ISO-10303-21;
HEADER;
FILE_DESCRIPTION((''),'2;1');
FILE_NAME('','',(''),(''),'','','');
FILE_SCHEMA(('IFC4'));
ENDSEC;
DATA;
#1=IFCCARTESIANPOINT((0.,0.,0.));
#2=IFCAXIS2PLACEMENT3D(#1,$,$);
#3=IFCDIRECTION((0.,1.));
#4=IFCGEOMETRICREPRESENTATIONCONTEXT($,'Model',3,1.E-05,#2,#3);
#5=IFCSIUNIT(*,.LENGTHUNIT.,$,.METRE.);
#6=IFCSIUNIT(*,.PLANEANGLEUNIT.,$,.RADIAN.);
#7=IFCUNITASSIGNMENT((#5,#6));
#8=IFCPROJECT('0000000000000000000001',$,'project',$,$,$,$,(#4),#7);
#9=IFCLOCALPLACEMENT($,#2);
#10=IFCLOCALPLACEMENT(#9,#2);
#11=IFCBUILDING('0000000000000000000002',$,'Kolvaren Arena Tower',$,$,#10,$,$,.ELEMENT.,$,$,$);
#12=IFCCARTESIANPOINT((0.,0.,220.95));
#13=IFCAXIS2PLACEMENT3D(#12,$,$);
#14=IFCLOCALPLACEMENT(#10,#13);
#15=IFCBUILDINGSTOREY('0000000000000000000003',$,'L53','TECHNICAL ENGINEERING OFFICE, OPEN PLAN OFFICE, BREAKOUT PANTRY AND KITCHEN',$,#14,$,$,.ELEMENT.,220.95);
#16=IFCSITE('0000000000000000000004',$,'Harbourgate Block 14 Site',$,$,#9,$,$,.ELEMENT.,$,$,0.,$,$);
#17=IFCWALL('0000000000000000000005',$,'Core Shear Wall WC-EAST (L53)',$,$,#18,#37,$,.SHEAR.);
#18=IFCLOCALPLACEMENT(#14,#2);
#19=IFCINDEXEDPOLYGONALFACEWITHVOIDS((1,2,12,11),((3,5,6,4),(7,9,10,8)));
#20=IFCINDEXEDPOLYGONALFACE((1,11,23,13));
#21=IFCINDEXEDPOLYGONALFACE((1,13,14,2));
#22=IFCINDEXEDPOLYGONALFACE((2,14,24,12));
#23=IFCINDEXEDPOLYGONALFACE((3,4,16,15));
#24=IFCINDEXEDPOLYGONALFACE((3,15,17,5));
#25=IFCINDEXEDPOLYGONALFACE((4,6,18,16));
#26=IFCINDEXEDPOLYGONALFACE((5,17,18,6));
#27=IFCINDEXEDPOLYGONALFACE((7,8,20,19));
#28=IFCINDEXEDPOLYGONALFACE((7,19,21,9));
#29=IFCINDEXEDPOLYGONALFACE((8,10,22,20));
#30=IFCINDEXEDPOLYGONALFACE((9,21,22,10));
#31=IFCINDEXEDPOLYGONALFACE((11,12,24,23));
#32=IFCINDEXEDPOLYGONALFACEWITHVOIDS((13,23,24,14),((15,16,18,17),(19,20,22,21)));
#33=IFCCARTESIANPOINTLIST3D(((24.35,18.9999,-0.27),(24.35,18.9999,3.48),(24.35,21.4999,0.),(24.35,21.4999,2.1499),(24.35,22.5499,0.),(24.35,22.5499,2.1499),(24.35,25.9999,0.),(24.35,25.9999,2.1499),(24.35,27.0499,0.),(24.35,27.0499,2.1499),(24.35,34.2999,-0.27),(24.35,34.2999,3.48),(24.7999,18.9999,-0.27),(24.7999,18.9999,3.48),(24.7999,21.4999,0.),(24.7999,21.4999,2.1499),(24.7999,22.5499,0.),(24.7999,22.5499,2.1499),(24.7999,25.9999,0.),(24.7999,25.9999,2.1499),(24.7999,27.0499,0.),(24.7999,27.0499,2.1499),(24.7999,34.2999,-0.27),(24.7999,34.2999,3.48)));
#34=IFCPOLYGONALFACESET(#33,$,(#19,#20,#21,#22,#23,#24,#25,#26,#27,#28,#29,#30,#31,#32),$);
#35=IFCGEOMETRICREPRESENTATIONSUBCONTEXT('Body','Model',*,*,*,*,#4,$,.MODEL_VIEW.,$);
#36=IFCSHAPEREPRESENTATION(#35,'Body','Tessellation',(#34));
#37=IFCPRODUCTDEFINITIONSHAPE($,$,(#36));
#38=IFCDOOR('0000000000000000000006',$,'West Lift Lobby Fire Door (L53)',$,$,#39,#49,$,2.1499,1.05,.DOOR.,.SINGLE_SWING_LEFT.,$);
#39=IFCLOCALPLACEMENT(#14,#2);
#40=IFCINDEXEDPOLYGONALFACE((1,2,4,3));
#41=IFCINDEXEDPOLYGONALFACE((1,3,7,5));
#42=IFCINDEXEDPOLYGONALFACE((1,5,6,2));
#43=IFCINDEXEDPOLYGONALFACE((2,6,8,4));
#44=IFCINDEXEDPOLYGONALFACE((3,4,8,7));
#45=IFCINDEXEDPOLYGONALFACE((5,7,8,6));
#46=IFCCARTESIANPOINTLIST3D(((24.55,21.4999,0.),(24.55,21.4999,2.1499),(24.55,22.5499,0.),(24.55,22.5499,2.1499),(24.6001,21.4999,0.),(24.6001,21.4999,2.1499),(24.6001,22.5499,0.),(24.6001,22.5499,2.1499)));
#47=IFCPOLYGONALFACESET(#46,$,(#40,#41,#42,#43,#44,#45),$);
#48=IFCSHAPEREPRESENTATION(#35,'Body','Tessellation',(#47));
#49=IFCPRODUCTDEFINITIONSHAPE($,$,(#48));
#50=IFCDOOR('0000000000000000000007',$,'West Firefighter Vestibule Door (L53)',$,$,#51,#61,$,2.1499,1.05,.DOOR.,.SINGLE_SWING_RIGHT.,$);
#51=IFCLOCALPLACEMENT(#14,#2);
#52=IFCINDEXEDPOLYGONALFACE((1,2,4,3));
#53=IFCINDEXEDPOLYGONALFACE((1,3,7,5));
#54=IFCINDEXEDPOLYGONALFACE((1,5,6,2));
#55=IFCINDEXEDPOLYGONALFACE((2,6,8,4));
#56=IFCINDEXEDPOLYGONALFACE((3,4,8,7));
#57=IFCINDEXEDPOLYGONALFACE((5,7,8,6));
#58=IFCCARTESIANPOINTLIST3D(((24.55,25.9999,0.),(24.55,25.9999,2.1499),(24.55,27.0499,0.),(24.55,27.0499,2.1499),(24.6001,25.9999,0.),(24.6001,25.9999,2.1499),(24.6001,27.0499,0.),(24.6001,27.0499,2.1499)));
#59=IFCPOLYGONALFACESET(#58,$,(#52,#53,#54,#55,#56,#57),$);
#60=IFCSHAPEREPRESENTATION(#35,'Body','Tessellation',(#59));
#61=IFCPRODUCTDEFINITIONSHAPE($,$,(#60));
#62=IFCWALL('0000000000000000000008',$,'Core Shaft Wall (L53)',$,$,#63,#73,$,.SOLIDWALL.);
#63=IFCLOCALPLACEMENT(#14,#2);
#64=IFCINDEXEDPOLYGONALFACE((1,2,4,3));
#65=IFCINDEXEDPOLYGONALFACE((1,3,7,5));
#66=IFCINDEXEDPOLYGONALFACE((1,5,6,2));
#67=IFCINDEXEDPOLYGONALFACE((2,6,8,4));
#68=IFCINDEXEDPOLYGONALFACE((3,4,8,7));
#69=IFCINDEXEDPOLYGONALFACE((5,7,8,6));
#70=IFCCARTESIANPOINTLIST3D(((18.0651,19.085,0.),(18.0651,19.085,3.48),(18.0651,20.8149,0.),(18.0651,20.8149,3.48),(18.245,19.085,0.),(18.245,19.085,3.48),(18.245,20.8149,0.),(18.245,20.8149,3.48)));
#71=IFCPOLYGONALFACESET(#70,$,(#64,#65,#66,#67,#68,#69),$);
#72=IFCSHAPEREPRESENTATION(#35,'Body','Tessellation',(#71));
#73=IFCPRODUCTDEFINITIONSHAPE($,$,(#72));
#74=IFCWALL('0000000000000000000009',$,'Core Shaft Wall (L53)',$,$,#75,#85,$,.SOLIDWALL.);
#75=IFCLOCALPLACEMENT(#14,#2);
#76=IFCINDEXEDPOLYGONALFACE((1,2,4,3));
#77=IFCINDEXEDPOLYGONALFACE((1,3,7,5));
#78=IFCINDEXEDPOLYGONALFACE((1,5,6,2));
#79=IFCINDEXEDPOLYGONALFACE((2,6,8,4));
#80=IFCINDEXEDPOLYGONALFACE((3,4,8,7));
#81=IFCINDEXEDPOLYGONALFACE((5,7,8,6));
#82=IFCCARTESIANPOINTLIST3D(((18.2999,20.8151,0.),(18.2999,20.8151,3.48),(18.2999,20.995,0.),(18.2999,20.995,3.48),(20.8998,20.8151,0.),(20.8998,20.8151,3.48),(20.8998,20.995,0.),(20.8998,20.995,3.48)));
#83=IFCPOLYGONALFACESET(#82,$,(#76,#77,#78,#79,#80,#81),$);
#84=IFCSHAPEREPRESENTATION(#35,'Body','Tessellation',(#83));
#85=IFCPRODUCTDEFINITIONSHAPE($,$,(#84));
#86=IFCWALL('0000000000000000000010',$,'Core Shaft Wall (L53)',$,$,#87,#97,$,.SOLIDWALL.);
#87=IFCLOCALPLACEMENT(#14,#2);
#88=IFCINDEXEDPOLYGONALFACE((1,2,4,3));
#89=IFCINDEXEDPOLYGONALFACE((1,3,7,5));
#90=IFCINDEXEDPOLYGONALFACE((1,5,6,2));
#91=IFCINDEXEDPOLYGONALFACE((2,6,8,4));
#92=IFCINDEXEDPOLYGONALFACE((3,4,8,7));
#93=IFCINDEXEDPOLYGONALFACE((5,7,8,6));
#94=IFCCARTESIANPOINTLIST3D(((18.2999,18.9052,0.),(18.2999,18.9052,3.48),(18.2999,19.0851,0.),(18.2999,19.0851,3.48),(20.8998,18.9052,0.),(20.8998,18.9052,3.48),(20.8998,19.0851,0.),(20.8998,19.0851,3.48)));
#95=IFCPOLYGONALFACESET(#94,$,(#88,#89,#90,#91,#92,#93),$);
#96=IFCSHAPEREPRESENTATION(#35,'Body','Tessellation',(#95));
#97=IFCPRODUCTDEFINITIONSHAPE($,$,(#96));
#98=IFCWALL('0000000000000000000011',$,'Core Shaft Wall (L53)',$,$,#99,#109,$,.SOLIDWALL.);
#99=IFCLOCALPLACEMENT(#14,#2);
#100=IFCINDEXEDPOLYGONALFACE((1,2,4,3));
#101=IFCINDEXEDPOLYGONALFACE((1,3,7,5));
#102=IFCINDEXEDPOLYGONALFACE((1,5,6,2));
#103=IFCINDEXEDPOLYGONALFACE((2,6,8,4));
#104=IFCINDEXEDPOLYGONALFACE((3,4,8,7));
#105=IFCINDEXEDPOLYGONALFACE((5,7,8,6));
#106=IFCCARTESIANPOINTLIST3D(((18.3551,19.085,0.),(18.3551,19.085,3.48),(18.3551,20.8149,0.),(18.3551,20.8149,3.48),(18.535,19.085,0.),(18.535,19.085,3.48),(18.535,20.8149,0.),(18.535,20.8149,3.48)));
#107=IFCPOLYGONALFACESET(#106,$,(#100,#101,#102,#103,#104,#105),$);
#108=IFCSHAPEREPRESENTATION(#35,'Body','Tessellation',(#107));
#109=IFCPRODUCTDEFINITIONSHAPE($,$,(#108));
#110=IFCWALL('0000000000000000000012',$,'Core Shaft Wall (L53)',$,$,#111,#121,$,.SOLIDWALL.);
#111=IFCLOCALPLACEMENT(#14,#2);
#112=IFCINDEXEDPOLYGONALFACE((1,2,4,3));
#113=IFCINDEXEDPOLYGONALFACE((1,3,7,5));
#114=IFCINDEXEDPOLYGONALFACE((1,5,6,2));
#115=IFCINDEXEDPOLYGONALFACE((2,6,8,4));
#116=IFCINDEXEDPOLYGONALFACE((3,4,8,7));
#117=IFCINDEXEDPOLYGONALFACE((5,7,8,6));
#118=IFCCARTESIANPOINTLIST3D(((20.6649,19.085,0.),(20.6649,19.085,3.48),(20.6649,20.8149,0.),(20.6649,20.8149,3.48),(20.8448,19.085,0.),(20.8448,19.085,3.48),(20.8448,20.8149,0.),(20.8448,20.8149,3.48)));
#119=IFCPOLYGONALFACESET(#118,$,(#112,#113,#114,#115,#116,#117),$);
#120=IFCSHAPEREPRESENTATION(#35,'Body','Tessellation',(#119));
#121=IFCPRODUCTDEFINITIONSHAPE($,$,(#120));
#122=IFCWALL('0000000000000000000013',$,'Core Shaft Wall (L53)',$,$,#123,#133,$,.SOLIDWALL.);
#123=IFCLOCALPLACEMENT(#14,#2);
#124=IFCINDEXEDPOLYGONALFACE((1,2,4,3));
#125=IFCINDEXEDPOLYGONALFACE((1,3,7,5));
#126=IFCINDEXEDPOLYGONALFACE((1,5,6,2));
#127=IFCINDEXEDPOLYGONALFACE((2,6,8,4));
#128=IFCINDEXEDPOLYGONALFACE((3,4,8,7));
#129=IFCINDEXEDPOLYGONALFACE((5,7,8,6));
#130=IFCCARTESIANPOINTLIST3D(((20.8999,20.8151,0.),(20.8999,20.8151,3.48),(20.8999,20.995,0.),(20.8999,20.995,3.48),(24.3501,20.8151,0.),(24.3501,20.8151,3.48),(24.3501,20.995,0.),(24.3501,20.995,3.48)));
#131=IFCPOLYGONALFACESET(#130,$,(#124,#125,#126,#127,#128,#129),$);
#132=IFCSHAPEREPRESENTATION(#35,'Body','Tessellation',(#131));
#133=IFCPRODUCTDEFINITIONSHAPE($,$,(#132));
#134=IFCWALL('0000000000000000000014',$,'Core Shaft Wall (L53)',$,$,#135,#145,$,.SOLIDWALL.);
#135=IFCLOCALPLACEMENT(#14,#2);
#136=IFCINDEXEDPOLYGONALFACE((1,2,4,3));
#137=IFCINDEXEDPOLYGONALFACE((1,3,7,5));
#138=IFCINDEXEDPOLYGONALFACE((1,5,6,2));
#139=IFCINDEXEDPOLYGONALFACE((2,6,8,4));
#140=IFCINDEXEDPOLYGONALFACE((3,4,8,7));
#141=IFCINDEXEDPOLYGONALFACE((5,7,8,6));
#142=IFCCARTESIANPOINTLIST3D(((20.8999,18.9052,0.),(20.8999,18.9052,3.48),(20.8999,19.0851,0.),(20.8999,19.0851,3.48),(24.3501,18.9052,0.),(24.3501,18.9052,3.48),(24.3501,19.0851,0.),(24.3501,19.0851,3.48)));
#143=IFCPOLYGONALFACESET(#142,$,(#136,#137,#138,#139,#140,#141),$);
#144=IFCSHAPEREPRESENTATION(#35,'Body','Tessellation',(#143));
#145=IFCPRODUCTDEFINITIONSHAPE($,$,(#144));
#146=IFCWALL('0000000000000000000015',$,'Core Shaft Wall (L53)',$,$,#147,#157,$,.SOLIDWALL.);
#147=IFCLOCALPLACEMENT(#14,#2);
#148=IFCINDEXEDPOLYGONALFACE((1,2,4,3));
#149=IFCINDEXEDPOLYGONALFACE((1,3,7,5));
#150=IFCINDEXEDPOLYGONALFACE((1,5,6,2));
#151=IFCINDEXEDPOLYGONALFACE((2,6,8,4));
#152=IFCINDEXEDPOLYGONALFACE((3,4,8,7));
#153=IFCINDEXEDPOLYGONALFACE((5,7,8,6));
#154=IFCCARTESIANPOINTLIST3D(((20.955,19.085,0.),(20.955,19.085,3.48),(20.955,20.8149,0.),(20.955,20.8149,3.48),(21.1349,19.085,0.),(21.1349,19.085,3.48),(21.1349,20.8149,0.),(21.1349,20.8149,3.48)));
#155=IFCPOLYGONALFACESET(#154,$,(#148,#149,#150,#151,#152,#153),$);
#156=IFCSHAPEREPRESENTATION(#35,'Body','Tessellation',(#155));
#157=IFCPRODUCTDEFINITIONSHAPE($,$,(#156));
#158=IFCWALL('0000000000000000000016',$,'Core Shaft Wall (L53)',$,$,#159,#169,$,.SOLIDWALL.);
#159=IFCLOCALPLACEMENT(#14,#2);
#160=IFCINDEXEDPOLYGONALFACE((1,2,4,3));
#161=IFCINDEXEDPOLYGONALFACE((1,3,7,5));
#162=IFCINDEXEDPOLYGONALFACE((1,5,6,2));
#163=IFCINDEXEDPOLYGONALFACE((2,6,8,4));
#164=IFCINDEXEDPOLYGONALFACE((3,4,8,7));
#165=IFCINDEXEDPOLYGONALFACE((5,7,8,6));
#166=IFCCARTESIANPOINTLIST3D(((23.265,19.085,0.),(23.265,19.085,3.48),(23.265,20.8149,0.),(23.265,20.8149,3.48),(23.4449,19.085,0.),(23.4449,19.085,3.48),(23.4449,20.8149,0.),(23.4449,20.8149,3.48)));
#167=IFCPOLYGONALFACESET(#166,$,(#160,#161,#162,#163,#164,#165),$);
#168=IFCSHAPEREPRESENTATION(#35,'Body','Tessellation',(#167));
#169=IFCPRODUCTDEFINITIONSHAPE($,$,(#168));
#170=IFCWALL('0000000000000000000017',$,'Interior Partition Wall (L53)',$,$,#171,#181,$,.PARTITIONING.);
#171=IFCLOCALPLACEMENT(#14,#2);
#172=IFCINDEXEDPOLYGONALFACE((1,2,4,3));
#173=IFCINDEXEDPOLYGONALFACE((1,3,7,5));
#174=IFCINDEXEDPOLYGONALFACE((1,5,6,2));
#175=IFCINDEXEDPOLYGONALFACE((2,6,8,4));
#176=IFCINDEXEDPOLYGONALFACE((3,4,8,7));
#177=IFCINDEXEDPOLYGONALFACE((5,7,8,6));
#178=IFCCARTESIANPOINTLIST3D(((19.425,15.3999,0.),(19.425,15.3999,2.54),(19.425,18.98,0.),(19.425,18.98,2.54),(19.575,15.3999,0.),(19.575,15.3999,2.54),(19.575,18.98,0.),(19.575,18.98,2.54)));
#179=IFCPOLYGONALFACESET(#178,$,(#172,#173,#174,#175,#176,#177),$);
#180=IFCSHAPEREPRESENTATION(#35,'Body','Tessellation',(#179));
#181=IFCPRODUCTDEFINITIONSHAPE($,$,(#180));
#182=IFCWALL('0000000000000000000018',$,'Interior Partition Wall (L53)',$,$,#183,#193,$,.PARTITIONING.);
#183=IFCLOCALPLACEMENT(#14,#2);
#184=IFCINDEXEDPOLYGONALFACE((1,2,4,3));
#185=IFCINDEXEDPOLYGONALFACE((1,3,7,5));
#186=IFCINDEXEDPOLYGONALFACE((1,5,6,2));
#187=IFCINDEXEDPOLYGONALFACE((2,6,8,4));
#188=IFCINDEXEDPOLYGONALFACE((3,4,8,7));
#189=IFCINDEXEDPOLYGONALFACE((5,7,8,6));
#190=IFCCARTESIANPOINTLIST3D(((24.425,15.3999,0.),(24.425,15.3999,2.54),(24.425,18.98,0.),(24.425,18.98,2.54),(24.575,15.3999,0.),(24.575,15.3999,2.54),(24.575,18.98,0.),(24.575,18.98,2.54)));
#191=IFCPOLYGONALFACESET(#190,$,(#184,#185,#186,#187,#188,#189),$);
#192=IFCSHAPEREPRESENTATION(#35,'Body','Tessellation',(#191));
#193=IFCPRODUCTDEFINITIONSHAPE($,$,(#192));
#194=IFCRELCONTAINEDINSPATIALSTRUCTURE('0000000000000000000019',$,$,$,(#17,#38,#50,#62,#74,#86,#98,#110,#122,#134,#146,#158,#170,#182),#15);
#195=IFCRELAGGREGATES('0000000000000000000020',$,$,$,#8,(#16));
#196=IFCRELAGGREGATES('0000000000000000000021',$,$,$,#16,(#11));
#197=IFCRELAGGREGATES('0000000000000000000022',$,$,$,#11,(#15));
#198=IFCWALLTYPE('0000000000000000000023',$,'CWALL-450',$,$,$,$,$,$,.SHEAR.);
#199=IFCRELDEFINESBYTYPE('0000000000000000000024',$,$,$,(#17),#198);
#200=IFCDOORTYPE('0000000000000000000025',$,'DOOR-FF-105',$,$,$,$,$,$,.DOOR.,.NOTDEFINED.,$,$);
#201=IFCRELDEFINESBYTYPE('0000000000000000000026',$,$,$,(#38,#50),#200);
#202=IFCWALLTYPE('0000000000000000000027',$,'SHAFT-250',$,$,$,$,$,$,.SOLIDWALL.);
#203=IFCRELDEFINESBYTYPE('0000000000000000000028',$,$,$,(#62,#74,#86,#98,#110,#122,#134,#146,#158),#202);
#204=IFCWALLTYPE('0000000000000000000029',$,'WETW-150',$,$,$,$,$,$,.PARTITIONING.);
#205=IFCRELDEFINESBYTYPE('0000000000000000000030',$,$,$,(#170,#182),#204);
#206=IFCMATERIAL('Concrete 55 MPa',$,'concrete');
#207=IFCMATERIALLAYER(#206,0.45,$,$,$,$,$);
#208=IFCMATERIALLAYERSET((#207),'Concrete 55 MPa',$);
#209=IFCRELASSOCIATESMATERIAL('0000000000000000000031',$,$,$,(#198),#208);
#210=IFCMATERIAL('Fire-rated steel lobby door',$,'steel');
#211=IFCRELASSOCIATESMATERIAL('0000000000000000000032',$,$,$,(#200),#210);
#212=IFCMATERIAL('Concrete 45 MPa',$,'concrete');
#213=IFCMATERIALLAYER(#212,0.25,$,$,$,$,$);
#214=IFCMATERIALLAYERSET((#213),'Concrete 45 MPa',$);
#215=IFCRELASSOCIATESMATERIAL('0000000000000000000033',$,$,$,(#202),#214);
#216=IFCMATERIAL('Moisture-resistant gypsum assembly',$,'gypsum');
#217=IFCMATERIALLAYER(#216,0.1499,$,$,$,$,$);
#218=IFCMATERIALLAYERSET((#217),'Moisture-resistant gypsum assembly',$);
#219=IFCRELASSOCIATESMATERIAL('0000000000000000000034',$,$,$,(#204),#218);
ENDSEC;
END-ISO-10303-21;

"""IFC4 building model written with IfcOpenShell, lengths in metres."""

from ifc_helpers import new_model, si_unit, direction, frame, frame_2d, origin, place, context, subcontext, project, spatial, rectangle, extrude, material, layer, layer_set, type_object, element, fill, save


model = new_model("IFC4")

# Units and contexts
model_context = context("Model", 3, precision=1e-05, world=origin(), true_north=direction((0.0, 1.0)))
body_context = subcontext(model_context, "Body", "Model", "MODEL_VIEW")
ifc_project = project(units=[si_unit("LENGTHUNIT", "METRE"), si_unit("PLANEANGLEUNIT", "RADIAN")], contexts=[model_context])

# Site, building, storey
site_placement = place(None, origin())
site = spatial("IfcSite", under=ifc_project, at=site_placement, Name="Harbourgate Block 14 Site", CompositionType="ELEMENT", RefElevation=0.0)
building_placement = place(site_placement, origin())
building = spatial("IfcBuilding", under=site, at=building_placement, Name="Kolvaren Arena Tower", CompositionType="ELEMENT")
storey_placement = place(building_placement, frame((0.0, 0.0, 220.95)))
storey = spatial("IfcBuildingStorey", under=building, at=storey_placement, Name="L53", Description="TECHNICAL ENGINEERING OFFICE, OPEN PLAN OFFICE, BREAKOUT PANTRY AND KITCHEN", CompositionType="ELEMENT", Elevation=220.95)

# Wall, openings, doors
ifc_material_1 = material(Name="Concrete 55 MPa", Category="concrete")
ifc_layer_1 = layer(ifc_material_1, 0.45)
ifc_layer_set_1 = layer_set([ifc_layer_1], Name="Concrete 55 MPa")
wall_type_1 = type_object("IfcWallType", Name="CWALL-450", PredefinedType="SHEAR", material=ifc_layer_set_1)
wall_1_placement = place(storey_placement, frame((24.575, 19.0, -0.27), z_axis=(0.0, 0.0, 1.0), x_axis=(0.0, 1.0, 0.0)))
wall_1 = element("IfcWall", 1, at=wall_1_placement, inside=storey, type_object=wall_type_1, Name="Core Shear Wall WC-EAST (L53)", PredefinedType="SHEAR", context=body_context, shape_type="SweptSolid", body=[
    extrude(rectangle(XDim=15.3, YDim=0.45, at=frame_2d((7.6499, 0.0))), origin(), (0.0, 0.0, 1.0), 3.75),
])
opening_1_placement = place(wall_1_placement, frame((2.5, 0.0, 0.27)))
opening_1 = element("IfcOpeningElement", 2, at=opening_1_placement, cuts=wall_1, PredefinedType="OPENING", context=body_context, shape_type="SweptSolid", body=[
    extrude(rectangle(XDim=1.05, YDim=2.1499, at=frame_2d((0.5249, 1.075))), frame((0.0, 0.2349, 0.0), z_axis=(0.0, -1.0, 0.0), x_axis=(1.0, 0.0, 0.0)), (0.0, 0.0, 1.0), 0.47),
])
opening_2_placement = place(wall_1_placement, frame((7.0, 0.0, 0.27)))
opening_2 = element("IfcOpeningElement", 3, at=opening_2_placement, cuts=wall_1, PredefinedType="OPENING", context=body_context, shape_type="SweptSolid", body=[
    extrude(rectangle(XDim=1.05, YDim=2.1499, at=frame_2d((0.5249, 1.075))), frame((0.0, 0.2349, 0.0), z_axis=(0.0, -1.0, 0.0), x_axis=(1.0, 0.0, 0.0)), (0.0, 0.0, 1.0), 0.47),
])
ifc_material_2 = material(Name="Fire-rated steel lobby door", Category="steel")
door_type = type_object("IfcDoorType", Name="DOOR-FF-105", OperationType="NOTDEFINED", PredefinedType="DOOR", material=ifc_material_2)
door_1_placement = place(opening_1_placement, origin())
door_1 = element("IfcDoor", 4, at=door_1_placement, inside=storey, type_object=door_type, Name="West Lift Lobby Fire Door (L53)", OperationType="SINGLE_SWING_LEFT", OverallHeight=2.1499, OverallWidth=1.05, PredefinedType="DOOR", context=body_context, shape_type="SweptSolid", body=[
    extrude(rectangle(XDim=1.05, YDim=2.1499, at=frame_2d((0.5249, 1.075))), frame((0.0, 0.0249, 0.0), z_axis=(0.0, -1.0, 0.0), x_axis=(1.0, 0.0, 0.0)), (0.0, 0.0, 1.0), 0.05),
])
fill(opening_1, door_1)
door_2_placement = place(opening_2_placement, origin())
door_2 = element("IfcDoor", 5, at=door_2_placement, inside=storey, type_object=door_type, Name="West Firefighter Vestibule Door (L53)", OperationType="SINGLE_SWING_RIGHT", OverallHeight=2.1499, OverallWidth=1.05, PredefinedType="DOOR", context=body_context, shape_type="SweptSolid", body=[
    extrude(rectangle(XDim=1.05, YDim=2.1499, at=frame_2d((0.5249, 1.075))), frame((0.0, 0.0249, 0.0), z_axis=(0.0, -1.0, 0.0), x_axis=(1.0, 0.0, 0.0)), (0.0, 0.0, 1.0), 0.05),
])
fill(opening_2, door_2)

# Walls
ifc_material_3 = material(Name="Concrete 45 MPa", Category="concrete")
ifc_layer_2 = layer(ifc_material_3, 0.25)
ifc_layer_set_2 = layer_set([ifc_layer_2], Name="Concrete 45 MPa")
wall_type_2 = type_object("IfcWallType", Name="SHAFT-250", PredefinedType="SOLIDWALL", material=ifc_layer_set_2)
wall_2_placement = place(storey_placement, frame((18.155, 19.085, 0.0), z_axis=(0.0, 0.0, 1.0), x_axis=(0.0, 1.0, 0.0)))
element("IfcWall", 6, at=wall_2_placement, inside=storey, type_object=wall_type_2, Name="Core Shaft Wall (L53)", PredefinedType="SOLIDWALL", context=body_context, shape_type="SweptSolid", body=[
    extrude(rectangle(XDim=1.73, YDim=0.1799, at=frame_2d((0.865, 0.0))), origin(), (0.0, 0.0, 1.0), 3.48),
])
for number, where, z_axis, x_axis, name in (
    (7, (18.3, 20.905, 0.0), (0.0, 0.0, 1.0), (1.0, 0.0, 0.0), "Core Shaft Wall (L53)"),
    (8, (18.3, 18.9951, 0.0), (0.0, 0.0, 1.0), (1.0, 0.0, 0.0), "Core Shaft Wall (L53)"),
):
    element("IfcWall", number, at=place(storey_placement, frame(where, z_axis=z_axis, x_axis=x_axis)), inside=storey, type_object=wall_type_2, Name=name, PredefinedType="SOLIDWALL", context=body_context, shape_type="SweptSolid", body=[
        extrude(rectangle(XDim=2.5999, YDim=0.1799, at=frame_2d((1.2998, 0.0))), origin(), (0.0, 0.0, 1.0), 3.48),
    ])
for number, where, z_axis, x_axis, name in (
    (9, (18.4451, 19.085, 0.0), (0.0, 0.0, 1.0), (0.0, 1.0, 0.0), "Core Shaft Wall (L53)"),
    (10, (20.7549, 19.085, 0.0), (0.0, 0.0, 1.0), (0.0, 1.0, 0.0), "Core Shaft Wall (L53)"),
):
    element("IfcWall", number, at=place(storey_placement, frame(where, z_axis=z_axis, x_axis=x_axis)), inside=storey, type_object=wall_type_2, Name=name, PredefinedType="SOLIDWALL", context=body_context, shape_type="SweptSolid", body=[
        extrude(rectangle(XDim=1.73, YDim=0.1799, at=frame_2d((0.865, 0.0))), origin(), (0.0, 0.0, 1.0), 3.48),
    ])
for number, where, z_axis, x_axis, name in (
    (11, (20.8999, 20.905, 0.0), (0.0, 0.0, 1.0), (1.0, 0.0, 0.0), "Core Shaft Wall (L53)"),
    (12, (20.8999, 18.9951, 0.0), (0.0, 0.0, 1.0), (1.0, 0.0, 0.0), "Core Shaft Wall (L53)"),
):
    element("IfcWall", number, at=place(storey_placement, frame(where, z_axis=z_axis, x_axis=x_axis)), inside=storey, type_object=wall_type_2, Name=name, PredefinedType="SOLIDWALL", context=body_context, shape_type="SweptSolid", body=[
        extrude(rectangle(XDim=3.4502, YDim=0.1799, at=frame_2d((1.7251, 0.0))), origin(), (0.0, 0.0, 1.0), 3.48),
    ])
for number, where, z_axis, x_axis, name in (
    (13, (21.0449, 19.085, 0.0), (0.0, 0.0, 1.0), (0.0, 1.0, 0.0), "Core Shaft Wall (L53)"),
    (14, (23.355, 19.085, 0.0), (0.0, 0.0, 1.0), (0.0, 1.0, 0.0), "Core Shaft Wall (L53)"),
):
    element("IfcWall", number, at=place(storey_placement, frame(where, z_axis=z_axis, x_axis=x_axis)), inside=storey, type_object=wall_type_2, Name=name, PredefinedType="SOLIDWALL", context=body_context, shape_type="SweptSolid", body=[
        extrude(rectangle(XDim=1.73, YDim=0.1799, at=frame_2d((0.865, 0.0))), origin(), (0.0, 0.0, 1.0), 3.48),
    ])
ifc_material_4 = material(Name="Moisture-resistant gypsum assembly", Category="gypsum")
ifc_layer_3 = layer(ifc_material_4, 0.1499)
ifc_layer_set_3 = layer_set([ifc_layer_3], Name="Moisture-resistant gypsum assembly")
wall_type_3 = type_object("IfcWallType", Name="WETW-150", PredefinedType="PARTITIONING", material=ifc_layer_set_3)
for number, where, z_axis, x_axis, name in (
    (15, (19.5, 15.3999, 0.0), (0.0, 0.0, 1.0), (0.0, 1.0, 0.0), "Interior Partition Wall (L53)"),
    (16, (24.5, 15.3999, 0.0), (0.0, 0.0, 1.0), (0.0, 1.0, 0.0), "Interior Partition Wall (L53)"),
):
    element("IfcWall", number, at=place(storey_placement, frame(where, z_axis=z_axis, x_axis=x_axis)), inside=storey, type_object=wall_type_3, Name=name, PredefinedType="PARTITIONING", context=body_context, shape_type="SweptSolid", body=[
        extrude(rectangle(XDim=3.5801, YDim=0.1499, at=frame_2d((1.79, 0.0))), origin(), (0.0, 0.0, 1.0), 2.54),
    ])

save(model, "model.ifc")
